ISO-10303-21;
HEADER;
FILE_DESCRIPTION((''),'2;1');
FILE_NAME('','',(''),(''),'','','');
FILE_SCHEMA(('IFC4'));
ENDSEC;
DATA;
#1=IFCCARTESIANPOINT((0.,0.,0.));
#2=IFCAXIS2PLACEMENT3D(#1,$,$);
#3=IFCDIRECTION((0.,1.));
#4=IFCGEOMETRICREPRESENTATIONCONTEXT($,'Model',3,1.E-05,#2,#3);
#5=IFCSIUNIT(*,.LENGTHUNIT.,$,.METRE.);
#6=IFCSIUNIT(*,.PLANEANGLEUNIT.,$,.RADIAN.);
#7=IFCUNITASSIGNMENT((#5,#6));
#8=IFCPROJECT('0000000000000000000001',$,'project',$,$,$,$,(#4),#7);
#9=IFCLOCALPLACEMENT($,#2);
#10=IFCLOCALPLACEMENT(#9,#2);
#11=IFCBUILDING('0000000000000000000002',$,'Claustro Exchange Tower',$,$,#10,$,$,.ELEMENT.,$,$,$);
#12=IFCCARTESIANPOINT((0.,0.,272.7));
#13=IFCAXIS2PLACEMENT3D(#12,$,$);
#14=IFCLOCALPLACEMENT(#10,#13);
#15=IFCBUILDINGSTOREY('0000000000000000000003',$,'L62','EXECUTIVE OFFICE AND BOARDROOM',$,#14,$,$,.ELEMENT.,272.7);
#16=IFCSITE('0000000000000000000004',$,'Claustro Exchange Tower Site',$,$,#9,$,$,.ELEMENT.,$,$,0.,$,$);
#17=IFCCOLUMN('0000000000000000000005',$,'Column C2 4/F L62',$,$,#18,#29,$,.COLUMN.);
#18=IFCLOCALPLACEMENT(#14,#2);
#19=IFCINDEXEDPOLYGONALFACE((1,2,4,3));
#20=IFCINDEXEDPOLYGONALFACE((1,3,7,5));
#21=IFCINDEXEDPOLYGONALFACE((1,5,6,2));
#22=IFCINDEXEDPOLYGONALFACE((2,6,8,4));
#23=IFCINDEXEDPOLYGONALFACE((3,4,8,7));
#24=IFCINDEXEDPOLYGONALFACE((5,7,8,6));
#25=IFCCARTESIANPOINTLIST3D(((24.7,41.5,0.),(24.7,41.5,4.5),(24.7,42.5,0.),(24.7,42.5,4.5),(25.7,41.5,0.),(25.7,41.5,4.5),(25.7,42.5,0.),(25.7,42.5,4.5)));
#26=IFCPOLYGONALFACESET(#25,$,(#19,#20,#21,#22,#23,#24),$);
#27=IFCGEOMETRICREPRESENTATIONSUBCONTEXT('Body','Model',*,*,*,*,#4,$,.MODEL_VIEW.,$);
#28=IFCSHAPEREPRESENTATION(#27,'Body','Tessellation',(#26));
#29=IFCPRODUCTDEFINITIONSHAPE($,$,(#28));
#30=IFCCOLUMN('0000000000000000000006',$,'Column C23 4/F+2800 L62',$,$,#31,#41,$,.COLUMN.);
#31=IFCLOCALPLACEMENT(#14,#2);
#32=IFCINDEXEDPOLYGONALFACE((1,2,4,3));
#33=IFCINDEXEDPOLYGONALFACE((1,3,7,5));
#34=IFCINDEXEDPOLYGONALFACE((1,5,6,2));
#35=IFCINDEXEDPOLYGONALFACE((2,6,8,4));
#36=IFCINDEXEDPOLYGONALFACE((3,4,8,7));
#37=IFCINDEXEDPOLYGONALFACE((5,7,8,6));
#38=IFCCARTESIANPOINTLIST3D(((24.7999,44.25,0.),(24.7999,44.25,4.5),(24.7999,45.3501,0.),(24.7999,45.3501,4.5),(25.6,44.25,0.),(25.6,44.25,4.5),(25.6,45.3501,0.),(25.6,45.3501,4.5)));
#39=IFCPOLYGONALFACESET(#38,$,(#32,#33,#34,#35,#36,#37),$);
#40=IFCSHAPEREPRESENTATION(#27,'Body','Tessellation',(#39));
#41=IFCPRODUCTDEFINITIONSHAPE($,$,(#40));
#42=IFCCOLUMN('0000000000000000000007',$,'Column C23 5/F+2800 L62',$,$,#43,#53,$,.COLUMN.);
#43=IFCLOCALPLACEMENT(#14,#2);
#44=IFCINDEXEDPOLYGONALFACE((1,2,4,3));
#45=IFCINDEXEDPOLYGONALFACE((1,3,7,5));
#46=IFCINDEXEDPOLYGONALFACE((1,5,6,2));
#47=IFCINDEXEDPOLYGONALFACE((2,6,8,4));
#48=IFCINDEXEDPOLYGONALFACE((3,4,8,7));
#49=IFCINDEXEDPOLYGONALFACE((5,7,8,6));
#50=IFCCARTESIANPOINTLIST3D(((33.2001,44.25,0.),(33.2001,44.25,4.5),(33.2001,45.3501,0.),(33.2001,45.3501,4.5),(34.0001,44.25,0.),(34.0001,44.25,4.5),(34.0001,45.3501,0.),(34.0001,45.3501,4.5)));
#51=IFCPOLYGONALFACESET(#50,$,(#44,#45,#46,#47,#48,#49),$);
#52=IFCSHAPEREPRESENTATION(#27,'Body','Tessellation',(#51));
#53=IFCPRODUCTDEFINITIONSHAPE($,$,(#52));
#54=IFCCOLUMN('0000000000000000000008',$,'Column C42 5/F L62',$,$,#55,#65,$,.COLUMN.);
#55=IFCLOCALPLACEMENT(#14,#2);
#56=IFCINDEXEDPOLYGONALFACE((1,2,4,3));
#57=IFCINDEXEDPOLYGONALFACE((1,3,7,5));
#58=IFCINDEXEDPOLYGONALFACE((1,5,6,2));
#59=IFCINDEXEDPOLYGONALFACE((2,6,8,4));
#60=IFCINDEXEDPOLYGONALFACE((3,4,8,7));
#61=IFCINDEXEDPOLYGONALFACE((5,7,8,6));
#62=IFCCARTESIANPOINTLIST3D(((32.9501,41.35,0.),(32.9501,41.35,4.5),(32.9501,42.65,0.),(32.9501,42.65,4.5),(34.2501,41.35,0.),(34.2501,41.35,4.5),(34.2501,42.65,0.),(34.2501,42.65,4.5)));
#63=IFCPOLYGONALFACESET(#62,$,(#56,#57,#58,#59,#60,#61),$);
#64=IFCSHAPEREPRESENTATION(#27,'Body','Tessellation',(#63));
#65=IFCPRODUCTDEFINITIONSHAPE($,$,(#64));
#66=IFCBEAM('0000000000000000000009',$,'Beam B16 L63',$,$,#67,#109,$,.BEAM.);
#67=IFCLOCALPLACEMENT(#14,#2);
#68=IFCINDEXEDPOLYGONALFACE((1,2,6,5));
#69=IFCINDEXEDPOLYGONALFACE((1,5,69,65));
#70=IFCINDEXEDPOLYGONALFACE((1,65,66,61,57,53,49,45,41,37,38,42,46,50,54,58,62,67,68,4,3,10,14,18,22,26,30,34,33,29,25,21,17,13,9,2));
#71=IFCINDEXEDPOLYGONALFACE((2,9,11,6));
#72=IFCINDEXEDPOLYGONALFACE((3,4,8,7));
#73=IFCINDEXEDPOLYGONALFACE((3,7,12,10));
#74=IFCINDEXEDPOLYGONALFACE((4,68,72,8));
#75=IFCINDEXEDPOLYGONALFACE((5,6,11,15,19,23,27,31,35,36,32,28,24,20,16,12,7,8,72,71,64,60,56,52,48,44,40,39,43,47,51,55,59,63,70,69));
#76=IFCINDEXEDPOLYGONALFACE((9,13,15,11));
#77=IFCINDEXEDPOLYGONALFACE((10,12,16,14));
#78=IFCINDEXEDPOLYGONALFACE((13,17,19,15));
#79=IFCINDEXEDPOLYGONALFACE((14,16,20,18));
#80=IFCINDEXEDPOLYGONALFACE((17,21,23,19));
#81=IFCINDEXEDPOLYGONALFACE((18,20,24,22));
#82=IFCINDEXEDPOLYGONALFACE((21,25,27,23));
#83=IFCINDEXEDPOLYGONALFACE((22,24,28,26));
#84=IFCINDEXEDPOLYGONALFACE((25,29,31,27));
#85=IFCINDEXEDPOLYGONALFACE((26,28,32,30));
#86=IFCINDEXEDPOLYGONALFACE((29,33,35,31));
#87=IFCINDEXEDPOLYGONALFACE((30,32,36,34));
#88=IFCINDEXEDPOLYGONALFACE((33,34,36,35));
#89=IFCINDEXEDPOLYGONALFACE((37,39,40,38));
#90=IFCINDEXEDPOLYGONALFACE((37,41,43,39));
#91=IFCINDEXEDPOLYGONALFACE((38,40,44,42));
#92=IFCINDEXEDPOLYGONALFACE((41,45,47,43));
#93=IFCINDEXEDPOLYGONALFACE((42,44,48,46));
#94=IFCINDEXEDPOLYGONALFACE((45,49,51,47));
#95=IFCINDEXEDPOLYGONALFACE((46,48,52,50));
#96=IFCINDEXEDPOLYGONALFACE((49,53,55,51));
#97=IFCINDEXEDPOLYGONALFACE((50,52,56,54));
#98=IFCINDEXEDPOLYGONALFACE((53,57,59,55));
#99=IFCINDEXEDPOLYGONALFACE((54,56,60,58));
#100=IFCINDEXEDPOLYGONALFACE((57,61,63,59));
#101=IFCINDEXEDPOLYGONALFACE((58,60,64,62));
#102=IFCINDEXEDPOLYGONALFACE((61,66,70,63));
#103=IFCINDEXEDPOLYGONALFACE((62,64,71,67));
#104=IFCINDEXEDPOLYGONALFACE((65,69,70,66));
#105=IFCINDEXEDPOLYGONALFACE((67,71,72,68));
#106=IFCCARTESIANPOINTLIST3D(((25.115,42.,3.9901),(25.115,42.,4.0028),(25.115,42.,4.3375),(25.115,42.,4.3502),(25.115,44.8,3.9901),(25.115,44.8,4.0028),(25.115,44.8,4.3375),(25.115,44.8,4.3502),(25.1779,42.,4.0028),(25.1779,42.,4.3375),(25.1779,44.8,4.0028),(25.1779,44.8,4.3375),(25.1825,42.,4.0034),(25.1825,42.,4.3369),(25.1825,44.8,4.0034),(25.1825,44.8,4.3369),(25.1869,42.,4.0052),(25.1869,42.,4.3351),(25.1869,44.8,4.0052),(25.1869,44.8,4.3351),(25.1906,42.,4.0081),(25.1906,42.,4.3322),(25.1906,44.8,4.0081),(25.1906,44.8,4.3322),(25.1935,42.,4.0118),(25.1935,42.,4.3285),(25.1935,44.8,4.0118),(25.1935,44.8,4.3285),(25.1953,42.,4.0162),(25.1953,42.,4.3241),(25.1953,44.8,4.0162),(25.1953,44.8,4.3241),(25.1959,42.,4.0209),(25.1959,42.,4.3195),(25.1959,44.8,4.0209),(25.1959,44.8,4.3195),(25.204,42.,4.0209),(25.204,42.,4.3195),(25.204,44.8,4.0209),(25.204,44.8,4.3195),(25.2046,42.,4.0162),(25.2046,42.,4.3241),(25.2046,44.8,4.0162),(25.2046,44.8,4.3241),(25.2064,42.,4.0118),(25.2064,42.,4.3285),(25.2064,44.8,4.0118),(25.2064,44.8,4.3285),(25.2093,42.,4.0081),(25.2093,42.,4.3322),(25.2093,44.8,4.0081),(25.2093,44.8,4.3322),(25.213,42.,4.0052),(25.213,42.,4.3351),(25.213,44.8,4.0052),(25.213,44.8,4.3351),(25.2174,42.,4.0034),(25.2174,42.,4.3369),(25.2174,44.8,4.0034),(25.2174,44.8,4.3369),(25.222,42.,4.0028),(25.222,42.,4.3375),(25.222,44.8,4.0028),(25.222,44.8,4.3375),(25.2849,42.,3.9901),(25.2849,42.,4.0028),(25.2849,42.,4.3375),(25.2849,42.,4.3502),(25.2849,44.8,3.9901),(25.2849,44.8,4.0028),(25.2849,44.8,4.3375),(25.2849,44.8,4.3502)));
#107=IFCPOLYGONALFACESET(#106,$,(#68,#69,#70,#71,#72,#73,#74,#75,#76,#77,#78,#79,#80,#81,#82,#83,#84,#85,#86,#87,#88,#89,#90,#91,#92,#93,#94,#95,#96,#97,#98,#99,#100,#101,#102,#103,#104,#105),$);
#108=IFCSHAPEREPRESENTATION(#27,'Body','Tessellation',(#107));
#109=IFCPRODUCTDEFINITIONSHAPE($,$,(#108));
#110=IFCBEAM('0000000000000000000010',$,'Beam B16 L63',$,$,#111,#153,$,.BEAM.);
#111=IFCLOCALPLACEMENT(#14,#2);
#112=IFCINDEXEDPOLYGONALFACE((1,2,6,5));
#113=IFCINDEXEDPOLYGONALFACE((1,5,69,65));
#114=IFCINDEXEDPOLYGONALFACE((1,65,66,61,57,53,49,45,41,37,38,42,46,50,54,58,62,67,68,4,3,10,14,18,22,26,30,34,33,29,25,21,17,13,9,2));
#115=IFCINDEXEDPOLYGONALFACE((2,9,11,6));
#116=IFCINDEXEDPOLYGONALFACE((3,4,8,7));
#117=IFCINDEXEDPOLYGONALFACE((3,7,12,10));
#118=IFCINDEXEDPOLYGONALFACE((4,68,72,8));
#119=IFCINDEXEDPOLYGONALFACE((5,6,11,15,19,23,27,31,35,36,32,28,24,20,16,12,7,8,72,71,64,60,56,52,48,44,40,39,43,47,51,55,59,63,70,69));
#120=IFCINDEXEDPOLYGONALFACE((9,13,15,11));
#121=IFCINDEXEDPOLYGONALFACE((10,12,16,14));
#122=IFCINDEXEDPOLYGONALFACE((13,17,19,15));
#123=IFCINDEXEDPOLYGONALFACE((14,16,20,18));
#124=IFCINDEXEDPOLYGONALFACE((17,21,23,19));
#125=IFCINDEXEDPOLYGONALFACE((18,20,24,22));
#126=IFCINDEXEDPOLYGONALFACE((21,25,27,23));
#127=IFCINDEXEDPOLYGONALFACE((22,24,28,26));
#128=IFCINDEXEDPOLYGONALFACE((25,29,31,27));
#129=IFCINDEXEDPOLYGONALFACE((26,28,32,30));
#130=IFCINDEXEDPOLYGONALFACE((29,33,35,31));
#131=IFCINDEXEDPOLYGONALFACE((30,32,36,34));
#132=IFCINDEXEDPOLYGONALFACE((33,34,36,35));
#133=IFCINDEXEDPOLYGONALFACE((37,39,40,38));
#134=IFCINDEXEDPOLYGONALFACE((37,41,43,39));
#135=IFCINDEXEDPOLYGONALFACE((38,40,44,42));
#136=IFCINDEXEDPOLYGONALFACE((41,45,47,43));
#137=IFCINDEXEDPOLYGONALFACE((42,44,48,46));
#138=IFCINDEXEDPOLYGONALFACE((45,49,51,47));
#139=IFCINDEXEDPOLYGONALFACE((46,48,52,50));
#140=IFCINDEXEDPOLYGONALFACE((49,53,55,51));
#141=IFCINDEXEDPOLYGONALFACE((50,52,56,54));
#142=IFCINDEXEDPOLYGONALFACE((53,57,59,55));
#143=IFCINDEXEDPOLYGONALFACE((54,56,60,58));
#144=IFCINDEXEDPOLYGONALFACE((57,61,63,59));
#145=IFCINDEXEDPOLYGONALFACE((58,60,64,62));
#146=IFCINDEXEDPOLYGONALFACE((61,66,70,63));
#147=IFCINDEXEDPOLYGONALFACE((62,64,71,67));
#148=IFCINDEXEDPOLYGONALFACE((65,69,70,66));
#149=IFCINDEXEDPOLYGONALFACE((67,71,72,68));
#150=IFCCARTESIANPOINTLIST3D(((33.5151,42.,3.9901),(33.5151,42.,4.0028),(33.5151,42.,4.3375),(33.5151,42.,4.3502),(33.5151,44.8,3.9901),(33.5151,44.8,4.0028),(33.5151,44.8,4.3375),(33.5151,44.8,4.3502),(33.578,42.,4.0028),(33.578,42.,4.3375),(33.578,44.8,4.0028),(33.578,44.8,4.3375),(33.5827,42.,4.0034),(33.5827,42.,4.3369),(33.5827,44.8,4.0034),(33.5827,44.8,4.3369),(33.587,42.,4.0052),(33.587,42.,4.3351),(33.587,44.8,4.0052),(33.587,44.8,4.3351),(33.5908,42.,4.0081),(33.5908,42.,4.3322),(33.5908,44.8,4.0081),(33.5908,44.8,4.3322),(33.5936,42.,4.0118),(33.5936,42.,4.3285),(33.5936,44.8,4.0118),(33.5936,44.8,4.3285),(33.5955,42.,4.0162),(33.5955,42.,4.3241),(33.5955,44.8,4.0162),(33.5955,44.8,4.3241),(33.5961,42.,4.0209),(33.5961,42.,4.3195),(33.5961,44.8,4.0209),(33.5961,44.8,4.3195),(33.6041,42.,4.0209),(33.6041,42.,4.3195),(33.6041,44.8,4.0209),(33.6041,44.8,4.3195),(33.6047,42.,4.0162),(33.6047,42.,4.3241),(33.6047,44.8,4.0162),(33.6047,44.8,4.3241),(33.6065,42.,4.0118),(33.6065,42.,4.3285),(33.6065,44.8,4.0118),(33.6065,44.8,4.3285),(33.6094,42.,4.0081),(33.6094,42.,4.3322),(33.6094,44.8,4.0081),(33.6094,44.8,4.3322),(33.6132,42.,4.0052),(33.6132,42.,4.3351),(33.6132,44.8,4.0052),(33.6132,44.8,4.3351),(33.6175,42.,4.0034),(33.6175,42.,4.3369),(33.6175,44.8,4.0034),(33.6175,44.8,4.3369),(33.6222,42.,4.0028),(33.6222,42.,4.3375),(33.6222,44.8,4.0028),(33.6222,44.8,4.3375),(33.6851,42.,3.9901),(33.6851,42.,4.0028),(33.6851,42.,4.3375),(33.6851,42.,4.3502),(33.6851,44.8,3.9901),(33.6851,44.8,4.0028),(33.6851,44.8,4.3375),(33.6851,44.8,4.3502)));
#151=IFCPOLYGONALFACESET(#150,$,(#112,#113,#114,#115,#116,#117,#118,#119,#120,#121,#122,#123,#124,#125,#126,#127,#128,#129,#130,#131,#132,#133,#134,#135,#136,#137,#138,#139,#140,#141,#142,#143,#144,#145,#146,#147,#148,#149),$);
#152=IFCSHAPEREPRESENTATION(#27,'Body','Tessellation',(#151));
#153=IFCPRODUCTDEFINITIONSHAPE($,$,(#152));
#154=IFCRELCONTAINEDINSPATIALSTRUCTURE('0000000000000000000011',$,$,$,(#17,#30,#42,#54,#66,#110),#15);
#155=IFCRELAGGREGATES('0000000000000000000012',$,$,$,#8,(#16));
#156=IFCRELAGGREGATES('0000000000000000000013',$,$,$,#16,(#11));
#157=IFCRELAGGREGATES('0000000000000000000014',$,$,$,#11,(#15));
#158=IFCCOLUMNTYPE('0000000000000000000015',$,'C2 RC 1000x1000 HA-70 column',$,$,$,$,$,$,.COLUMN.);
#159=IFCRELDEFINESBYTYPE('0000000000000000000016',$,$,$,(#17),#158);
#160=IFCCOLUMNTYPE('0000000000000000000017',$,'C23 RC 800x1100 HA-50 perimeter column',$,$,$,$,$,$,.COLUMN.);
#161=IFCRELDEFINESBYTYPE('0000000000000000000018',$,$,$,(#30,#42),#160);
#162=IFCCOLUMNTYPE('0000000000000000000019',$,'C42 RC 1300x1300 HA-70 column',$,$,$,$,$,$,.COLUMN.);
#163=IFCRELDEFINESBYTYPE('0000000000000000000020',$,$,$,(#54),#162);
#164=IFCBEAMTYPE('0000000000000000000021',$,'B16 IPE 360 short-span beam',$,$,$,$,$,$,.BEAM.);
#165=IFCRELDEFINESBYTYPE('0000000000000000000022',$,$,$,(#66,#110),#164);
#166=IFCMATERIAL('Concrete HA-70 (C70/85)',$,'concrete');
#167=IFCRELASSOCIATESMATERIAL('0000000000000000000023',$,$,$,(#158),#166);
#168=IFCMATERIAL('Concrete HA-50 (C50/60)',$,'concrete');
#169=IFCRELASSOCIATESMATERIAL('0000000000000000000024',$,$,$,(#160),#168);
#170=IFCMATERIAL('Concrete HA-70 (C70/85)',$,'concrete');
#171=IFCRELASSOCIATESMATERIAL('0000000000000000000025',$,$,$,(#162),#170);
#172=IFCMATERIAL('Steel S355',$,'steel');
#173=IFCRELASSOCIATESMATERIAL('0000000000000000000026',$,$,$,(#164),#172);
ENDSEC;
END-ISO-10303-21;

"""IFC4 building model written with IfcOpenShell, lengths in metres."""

from ifc_helpers import new_model, si_unit, direction, frame, origin, origin_2d, place, context, subcontext, project, spatial, rectangle, i_section, extrude, material, material_profile, profile_set, type_object, element, save


model = new_model("IFC4")

# Units and contexts
model_context = context("Model", 3, precision=1e-05, world=origin(), true_north=direction((0.0, 1.0)))
body_context = subcontext(model_context, "Body", "Model", "MODEL_VIEW")
ifc_project = project(units=[si_unit("LENGTHUNIT", "METRE"), si_unit("PLANEANGLEUNIT", "RADIAN")], contexts=[model_context])

# Site, building, storey
site_placement = place(None, origin())
site = spatial("IfcSite", under=ifc_project, at=site_placement, Name="Claustro Exchange Tower Site", CompositionType="ELEMENT", RefElevation=0.0)
building_placement = place(site_placement, origin())
building = spatial("IfcBuilding", under=site, at=building_placement, Name="Claustro Exchange Tower", CompositionType="ELEMENT")
storey_placement = place(building_placement, frame((0.0, 0.0, 272.7)))
storey = spatial("IfcBuildingStorey", under=building, at=storey_placement, Name="L62", Description="EXECUTIVE OFFICE AND BOARDROOM", CompositionType="ELEMENT", Elevation=272.7)

# Columns
ifc_material_1 = material(Name="Concrete HA-70 (C70/85)", Category="concrete")
ifc_material_profile_1 = material_profile(ifc_material_1, rectangle(XDim=1.0, YDim=1.0, at=origin_2d()), Name="RC 1000x1000")
ifc_profile_set_1 = profile_set([ifc_material_profile_1], Name="Concrete HA-70 (C70/85)")
column_type_1 = type_object("IfcColumnType", Name="C2 RC 1000x1000 HA-70 column", PredefinedType="COLUMN", material=ifc_profile_set_1)
column_1_placement = place(storey_placement, frame((25.2, 42.0, 0.0), z_axis=(0.0, 0.0, 1.0), x_axis=(1.0, 0.0, 0.0)))
element("IfcColumn", 1, at=column_1_placement, inside=storey, type_object=column_type_1, Name="Column C2 4/F L62", PredefinedType="COLUMN", context=body_context, shape_type="SweptSolid", body=[
    extrude(rectangle(XDim=1.0, YDim=1.0, at=origin_2d()), origin(), (0.0, 0.0, 1.0), 4.5),
])
ifc_material_2 = material(Name="Concrete HA-50 (C50/60)", Category="concrete")
ifc_material_profile_2 = material_profile(ifc_material_2, rectangle(XDim=0.8, YDim=1.1001, at=origin_2d()), Name="RC 800x1100")
ifc_profile_set_2 = profile_set([ifc_material_profile_2], Name="Concrete HA-50 (C50/60)")
column_type_2 = type_object("IfcColumnType", Name="C23 RC 800x1100 HA-50 perimeter column", PredefinedType="COLUMN", material=ifc_profile_set_2)
for number, where, z_axis, x_axis, name in (
    (2, (25.2, 44.8, 0.0), (0.0, 0.0, 1.0), (1.0, 0.0, 0.0), "Column C23 4/F+2800 L62"),
    (3, (33.6001, 44.8, 0.0), (0.0, 0.0, 1.0), (1.0, 0.0, 0.0), "Column C23 5/F+2800 L62"),
):
    element("IfcColumn", number, at=place(storey_placement, frame(where, z_axis=z_axis, x_axis=x_axis)), inside=storey, type_object=column_type_2, Name=name, PredefinedType="COLUMN", context=body_context, shape_type="SweptSolid", body=[
        extrude(rectangle(XDim=0.8, YDim=1.1001, at=origin_2d()), origin(), (0.0, 0.0, 1.0), 4.5),
    ])
ifc_material_3 = material(Name="Concrete HA-70 (C70/85)", Category="concrete")
ifc_material_profile_3 = material_profile(ifc_material_3, rectangle(XDim=1.3, YDim=1.3, at=origin_2d()), Name="RC 1300x1300")
ifc_profile_set_3 = profile_set([ifc_material_profile_3], Name="Concrete HA-70 (C70/85)")
column_type_3 = type_object("IfcColumnType", Name="C42 RC 1300x1300 HA-70 column", PredefinedType="COLUMN", material=ifc_profile_set_3)
column_2_placement = place(storey_placement, frame((33.6001, 42.0, 0.0), z_axis=(0.0, 0.0, 1.0), x_axis=(1.0, 0.0, 0.0)))
element("IfcColumn", 4, at=column_2_placement, inside=storey, type_object=column_type_3, Name="Column C42 5/F L62", PredefinedType="COLUMN", context=body_context, shape_type="SweptSolid", body=[
    extrude(rectangle(XDim=1.3, YDim=1.3, at=origin_2d()), origin(), (0.0, 0.0, 1.0), 4.5),
])

# Beams
ifc_material_4 = material(Name="Steel S355", Category="steel")
ifc_material_profile_4 = material_profile(ifc_material_4, i_section(OverallWidth=0.1699, OverallDepth=0.3601, WebThickness=0.0081, FlangeThickness=0.0127, FilletRadius=0.0181, at=origin_2d()), Name="IPE 360")
ifc_profile_set_4 = profile_set([ifc_material_profile_4], Name="Steel S355")
beam_type_1 = type_object("IfcBeamType", Name="B16 IPE 360 short-span beam", PredefinedType="BEAM", material=ifc_profile_set_4)
for number, where, z_axis, x_axis, name in (
    (5, (25.2, 42.0, 4.1702), (0.0, 1.0, 0.0), (-1.0, 0.0, 0.0), "Beam B16 L63"),
    (6, (33.6001, 42.0, 4.1702), (0.0, 1.0, 0.0), (-1.0, 0.0, 0.0), "Beam B16 L63"),
):
    element("IfcBeam", number, at=place(storey_placement, frame(where, z_axis=z_axis, x_axis=x_axis)), inside=storey, type_object=beam_type_1, Name=name, PredefinedType="BEAM", context=body_context, shape_type="SweptSolid", body=[
        extrude(i_section(OverallWidth=0.1699, OverallDepth=0.3601, WebThickness=0.0081, FlangeThickness=0.0127, FilletRadius=0.0181, at=origin_2d()), origin(), (0.0, 0.0, 1.0), 2.8),
    ])

save(model, "model.ifc")
